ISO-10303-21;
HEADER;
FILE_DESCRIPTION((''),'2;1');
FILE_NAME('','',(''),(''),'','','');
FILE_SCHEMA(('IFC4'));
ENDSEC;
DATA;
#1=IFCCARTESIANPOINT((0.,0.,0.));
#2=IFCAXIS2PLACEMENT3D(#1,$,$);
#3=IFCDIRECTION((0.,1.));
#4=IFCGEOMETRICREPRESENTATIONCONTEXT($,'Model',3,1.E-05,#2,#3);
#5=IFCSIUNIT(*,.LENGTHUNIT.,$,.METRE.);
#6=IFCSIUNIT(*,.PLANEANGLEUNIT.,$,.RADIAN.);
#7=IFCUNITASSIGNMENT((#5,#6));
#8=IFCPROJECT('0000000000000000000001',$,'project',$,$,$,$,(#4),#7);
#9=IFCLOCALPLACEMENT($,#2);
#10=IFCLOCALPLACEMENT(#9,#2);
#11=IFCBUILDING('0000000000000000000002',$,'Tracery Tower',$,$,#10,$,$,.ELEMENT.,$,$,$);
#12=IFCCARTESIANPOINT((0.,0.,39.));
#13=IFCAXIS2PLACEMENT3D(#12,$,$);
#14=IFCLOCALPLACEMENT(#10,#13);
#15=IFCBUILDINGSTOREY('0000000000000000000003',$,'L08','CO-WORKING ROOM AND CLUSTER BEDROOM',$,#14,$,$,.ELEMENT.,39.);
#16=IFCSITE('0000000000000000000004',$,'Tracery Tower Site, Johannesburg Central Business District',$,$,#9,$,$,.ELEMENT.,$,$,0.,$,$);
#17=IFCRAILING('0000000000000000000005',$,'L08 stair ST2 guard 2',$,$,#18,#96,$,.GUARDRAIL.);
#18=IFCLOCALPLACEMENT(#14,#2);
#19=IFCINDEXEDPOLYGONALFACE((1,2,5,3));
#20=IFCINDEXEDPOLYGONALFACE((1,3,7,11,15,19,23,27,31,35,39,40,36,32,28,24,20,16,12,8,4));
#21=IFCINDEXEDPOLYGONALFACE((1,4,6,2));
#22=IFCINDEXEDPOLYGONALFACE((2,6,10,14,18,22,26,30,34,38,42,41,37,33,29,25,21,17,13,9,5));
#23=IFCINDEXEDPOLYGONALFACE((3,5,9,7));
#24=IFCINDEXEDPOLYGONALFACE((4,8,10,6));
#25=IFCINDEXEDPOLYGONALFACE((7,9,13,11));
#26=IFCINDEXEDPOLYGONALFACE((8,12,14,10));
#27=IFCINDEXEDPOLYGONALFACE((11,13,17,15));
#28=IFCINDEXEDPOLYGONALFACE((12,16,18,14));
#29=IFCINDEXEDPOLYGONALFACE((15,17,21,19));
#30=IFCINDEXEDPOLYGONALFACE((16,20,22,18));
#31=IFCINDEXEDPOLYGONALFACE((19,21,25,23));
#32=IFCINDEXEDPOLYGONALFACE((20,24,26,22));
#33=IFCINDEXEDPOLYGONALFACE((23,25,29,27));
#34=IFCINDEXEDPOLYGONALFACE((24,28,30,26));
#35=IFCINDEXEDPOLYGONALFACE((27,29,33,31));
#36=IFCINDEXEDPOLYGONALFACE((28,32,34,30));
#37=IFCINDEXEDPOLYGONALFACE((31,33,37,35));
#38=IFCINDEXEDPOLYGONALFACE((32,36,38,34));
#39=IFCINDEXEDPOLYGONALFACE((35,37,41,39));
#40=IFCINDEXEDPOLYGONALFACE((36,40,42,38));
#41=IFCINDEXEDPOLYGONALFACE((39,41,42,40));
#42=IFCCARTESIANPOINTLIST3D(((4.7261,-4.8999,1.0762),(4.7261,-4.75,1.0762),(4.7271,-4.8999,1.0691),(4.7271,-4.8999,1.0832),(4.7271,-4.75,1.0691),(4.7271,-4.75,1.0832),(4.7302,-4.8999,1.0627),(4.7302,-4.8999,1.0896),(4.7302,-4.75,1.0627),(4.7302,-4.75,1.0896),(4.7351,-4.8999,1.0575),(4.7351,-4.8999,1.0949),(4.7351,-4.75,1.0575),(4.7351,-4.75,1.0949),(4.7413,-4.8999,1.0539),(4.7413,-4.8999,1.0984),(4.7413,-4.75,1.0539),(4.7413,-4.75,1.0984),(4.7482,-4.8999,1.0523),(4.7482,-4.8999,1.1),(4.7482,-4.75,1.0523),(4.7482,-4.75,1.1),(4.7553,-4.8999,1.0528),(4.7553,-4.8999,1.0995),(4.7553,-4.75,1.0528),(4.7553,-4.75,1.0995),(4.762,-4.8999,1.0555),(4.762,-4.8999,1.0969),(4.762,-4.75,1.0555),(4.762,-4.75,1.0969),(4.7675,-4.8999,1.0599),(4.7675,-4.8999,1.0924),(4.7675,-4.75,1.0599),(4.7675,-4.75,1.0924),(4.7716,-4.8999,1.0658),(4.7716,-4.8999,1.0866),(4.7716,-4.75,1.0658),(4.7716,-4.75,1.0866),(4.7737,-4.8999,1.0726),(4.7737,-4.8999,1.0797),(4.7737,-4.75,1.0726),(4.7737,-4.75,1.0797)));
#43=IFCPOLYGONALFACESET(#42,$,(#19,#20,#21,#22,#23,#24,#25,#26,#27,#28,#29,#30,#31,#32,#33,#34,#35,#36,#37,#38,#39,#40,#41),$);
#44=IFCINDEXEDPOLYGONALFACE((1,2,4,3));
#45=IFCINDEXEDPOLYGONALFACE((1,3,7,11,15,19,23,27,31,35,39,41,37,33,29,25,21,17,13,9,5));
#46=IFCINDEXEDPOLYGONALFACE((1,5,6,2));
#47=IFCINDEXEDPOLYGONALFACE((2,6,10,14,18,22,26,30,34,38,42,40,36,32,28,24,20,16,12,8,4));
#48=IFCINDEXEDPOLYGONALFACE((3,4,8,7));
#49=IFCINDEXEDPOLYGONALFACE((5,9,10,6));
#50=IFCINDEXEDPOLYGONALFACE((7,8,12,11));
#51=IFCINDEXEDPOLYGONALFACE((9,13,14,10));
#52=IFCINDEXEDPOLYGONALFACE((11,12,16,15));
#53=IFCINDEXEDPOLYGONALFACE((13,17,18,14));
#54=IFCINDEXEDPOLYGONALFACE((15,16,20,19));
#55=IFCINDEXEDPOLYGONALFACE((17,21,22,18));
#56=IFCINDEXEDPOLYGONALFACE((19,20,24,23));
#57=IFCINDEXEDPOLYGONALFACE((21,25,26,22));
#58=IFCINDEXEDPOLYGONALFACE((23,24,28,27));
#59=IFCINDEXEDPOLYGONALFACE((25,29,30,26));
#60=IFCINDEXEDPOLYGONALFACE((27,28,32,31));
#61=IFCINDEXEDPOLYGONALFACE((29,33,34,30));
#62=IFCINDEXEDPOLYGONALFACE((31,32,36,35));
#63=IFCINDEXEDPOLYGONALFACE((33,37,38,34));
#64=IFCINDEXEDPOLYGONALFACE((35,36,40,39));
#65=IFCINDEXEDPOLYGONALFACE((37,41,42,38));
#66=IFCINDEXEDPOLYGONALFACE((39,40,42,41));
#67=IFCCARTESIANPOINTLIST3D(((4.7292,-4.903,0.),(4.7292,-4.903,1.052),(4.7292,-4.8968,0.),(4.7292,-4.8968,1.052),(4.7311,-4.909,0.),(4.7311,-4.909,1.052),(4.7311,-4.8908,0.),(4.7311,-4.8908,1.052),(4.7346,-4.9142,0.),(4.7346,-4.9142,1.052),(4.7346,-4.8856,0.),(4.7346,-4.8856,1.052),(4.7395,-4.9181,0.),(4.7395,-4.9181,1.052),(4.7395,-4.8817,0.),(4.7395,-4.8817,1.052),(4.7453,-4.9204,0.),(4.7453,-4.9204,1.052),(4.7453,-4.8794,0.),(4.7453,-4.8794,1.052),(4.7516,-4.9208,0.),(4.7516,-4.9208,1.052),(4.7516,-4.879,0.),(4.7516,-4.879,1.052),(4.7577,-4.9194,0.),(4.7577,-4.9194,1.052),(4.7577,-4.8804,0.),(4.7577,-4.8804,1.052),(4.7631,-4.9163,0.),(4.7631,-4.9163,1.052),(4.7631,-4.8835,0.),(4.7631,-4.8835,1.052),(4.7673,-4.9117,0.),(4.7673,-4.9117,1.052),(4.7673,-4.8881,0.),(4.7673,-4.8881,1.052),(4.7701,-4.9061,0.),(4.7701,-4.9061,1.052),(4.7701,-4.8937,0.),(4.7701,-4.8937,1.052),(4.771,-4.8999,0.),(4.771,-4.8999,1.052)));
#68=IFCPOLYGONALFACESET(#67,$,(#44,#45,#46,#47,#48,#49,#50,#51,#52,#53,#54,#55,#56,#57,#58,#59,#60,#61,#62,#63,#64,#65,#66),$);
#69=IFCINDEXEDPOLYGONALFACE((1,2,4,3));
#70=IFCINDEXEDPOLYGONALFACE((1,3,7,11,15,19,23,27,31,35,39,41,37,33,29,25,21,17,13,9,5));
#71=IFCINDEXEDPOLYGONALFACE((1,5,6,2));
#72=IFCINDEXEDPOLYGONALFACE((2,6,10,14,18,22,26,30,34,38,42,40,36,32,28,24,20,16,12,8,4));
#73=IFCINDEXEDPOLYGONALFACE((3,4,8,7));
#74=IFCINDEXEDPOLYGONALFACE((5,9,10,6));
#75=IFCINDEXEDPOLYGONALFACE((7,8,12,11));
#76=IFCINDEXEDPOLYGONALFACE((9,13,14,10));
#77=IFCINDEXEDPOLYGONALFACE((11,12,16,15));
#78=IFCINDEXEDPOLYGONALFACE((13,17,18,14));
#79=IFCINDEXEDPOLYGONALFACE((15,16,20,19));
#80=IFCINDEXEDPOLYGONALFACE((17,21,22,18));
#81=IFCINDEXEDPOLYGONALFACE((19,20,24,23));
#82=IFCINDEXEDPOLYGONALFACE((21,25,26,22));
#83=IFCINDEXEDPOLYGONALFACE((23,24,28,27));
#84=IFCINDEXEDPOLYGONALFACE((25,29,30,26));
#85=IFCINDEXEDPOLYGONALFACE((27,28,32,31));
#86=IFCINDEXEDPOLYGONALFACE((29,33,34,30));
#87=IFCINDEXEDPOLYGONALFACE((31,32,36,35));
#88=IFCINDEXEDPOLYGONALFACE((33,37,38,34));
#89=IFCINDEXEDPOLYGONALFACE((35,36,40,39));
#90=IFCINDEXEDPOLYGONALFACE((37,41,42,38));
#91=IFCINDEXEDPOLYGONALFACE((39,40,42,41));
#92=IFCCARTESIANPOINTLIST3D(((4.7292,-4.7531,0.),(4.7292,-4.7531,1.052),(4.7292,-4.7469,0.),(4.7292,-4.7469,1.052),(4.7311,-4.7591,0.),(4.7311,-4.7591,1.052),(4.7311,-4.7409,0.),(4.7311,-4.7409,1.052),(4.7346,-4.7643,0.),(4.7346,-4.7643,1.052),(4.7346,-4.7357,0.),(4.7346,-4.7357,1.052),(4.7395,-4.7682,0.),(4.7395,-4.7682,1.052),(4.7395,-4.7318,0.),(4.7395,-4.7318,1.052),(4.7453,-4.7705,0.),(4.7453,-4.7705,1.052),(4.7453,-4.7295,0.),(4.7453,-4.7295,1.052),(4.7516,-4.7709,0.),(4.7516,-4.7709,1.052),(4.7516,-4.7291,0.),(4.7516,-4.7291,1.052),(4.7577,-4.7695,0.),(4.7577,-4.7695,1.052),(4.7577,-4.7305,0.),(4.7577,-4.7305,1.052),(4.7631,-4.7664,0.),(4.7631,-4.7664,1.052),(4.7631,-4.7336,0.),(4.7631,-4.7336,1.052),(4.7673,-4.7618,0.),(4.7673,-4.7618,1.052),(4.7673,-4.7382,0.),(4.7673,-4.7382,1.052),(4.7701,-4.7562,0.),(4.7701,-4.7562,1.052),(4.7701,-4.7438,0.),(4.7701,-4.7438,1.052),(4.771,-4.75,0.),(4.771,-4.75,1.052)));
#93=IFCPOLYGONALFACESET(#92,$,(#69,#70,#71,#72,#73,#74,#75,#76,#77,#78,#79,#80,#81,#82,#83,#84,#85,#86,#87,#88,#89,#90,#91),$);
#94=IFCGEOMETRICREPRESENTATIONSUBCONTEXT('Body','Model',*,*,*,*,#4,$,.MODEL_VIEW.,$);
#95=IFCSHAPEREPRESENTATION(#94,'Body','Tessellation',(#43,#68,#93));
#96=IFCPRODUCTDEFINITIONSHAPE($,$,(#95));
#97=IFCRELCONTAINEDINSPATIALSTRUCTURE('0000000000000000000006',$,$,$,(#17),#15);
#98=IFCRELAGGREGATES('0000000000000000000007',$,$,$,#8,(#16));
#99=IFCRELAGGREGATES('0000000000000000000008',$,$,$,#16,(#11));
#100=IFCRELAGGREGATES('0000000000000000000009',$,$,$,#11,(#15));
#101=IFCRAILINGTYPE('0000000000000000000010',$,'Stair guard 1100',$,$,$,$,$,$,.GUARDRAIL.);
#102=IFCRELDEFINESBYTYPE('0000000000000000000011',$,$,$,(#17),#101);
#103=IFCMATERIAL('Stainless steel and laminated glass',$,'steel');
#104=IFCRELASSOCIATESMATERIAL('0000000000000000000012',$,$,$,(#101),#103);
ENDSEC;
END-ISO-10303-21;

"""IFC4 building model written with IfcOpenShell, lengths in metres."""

from ifc_helpers import new_model, si_unit, direction, frame, origin, origin_2d, place, context, subcontext, project, spatial, circle, extrude, material, type_object, element, save


model = new_model("IFC4")

# Units and contexts
model_context = context("Model", 3, precision=1e-05, world=origin(), true_north=direction((0.0, 1.0)))
body_context = subcontext(model_context, "Body", "Model", "MODEL_VIEW")
ifc_project = project(units=[si_unit("LENGTHUNIT", "METRE"), si_unit("PLANEANGLEUNIT", "RADIAN")], contexts=[model_context])

# Site, building, storey
site_placement = place(None, origin())
site = spatial("IfcSite", under=ifc_project, at=site_placement, Name="Tracery Tower Site, Johannesburg Central Business District", CompositionType="ELEMENT", RefElevation=0.0)
building_placement = place(site_placement, origin())
building = spatial("IfcBuilding", under=site, at=building_placement, Name="Tracery Tower", CompositionType="ELEMENT")
storey_placement = place(building_placement, frame((0.0, 0.0, 39.0)))
storey = spatial("IfcBuildingStorey", under=building, at=storey_placement, Name="L08", Description="CO-WORKING ROOM AND CLUSTER BEDROOM", CompositionType="ELEMENT", Elevation=39.0)

# Railing
ifc_material_1 = material(Name="Stainless steel and laminated glass", Category="steel")
railing_type_1 = type_object("IfcRailingType", Name="Stair guard 1100", PredefinedType="GUARDRAIL", material=ifc_material_1)
railing_1_placement = place(storey_placement, frame((4.75, -4.8999, 0.0)))
element("IfcRailing", 1, at=railing_1_placement, inside=storey, type_object=railing_type_1, Name="L08 stair ST2 guard 2", PredefinedType="GUARDRAIL", context=body_context, shape_type="SweptSolid", body=[
    extrude(circle(Radius=0.0239, at=origin_2d()), frame((0.0, 0.0, 1.0762), z_axis=(0.0, 1.0, 0.0), x_axis=(-1.0, 0.0, 0.0)), (0.0, 0.0, 1.0), 0.1499),
    extrude(circle(Radius=0.021, at=origin_2d()), origin(), (0.0, 0.0, 1.0), 1.052),
    extrude(circle(Radius=0.021, at=origin_2d()), frame((0.0, 0.1499, 0.0)), (0.0, 0.0, 1.0), 1.052),
])

save(model, "model.ifc")
